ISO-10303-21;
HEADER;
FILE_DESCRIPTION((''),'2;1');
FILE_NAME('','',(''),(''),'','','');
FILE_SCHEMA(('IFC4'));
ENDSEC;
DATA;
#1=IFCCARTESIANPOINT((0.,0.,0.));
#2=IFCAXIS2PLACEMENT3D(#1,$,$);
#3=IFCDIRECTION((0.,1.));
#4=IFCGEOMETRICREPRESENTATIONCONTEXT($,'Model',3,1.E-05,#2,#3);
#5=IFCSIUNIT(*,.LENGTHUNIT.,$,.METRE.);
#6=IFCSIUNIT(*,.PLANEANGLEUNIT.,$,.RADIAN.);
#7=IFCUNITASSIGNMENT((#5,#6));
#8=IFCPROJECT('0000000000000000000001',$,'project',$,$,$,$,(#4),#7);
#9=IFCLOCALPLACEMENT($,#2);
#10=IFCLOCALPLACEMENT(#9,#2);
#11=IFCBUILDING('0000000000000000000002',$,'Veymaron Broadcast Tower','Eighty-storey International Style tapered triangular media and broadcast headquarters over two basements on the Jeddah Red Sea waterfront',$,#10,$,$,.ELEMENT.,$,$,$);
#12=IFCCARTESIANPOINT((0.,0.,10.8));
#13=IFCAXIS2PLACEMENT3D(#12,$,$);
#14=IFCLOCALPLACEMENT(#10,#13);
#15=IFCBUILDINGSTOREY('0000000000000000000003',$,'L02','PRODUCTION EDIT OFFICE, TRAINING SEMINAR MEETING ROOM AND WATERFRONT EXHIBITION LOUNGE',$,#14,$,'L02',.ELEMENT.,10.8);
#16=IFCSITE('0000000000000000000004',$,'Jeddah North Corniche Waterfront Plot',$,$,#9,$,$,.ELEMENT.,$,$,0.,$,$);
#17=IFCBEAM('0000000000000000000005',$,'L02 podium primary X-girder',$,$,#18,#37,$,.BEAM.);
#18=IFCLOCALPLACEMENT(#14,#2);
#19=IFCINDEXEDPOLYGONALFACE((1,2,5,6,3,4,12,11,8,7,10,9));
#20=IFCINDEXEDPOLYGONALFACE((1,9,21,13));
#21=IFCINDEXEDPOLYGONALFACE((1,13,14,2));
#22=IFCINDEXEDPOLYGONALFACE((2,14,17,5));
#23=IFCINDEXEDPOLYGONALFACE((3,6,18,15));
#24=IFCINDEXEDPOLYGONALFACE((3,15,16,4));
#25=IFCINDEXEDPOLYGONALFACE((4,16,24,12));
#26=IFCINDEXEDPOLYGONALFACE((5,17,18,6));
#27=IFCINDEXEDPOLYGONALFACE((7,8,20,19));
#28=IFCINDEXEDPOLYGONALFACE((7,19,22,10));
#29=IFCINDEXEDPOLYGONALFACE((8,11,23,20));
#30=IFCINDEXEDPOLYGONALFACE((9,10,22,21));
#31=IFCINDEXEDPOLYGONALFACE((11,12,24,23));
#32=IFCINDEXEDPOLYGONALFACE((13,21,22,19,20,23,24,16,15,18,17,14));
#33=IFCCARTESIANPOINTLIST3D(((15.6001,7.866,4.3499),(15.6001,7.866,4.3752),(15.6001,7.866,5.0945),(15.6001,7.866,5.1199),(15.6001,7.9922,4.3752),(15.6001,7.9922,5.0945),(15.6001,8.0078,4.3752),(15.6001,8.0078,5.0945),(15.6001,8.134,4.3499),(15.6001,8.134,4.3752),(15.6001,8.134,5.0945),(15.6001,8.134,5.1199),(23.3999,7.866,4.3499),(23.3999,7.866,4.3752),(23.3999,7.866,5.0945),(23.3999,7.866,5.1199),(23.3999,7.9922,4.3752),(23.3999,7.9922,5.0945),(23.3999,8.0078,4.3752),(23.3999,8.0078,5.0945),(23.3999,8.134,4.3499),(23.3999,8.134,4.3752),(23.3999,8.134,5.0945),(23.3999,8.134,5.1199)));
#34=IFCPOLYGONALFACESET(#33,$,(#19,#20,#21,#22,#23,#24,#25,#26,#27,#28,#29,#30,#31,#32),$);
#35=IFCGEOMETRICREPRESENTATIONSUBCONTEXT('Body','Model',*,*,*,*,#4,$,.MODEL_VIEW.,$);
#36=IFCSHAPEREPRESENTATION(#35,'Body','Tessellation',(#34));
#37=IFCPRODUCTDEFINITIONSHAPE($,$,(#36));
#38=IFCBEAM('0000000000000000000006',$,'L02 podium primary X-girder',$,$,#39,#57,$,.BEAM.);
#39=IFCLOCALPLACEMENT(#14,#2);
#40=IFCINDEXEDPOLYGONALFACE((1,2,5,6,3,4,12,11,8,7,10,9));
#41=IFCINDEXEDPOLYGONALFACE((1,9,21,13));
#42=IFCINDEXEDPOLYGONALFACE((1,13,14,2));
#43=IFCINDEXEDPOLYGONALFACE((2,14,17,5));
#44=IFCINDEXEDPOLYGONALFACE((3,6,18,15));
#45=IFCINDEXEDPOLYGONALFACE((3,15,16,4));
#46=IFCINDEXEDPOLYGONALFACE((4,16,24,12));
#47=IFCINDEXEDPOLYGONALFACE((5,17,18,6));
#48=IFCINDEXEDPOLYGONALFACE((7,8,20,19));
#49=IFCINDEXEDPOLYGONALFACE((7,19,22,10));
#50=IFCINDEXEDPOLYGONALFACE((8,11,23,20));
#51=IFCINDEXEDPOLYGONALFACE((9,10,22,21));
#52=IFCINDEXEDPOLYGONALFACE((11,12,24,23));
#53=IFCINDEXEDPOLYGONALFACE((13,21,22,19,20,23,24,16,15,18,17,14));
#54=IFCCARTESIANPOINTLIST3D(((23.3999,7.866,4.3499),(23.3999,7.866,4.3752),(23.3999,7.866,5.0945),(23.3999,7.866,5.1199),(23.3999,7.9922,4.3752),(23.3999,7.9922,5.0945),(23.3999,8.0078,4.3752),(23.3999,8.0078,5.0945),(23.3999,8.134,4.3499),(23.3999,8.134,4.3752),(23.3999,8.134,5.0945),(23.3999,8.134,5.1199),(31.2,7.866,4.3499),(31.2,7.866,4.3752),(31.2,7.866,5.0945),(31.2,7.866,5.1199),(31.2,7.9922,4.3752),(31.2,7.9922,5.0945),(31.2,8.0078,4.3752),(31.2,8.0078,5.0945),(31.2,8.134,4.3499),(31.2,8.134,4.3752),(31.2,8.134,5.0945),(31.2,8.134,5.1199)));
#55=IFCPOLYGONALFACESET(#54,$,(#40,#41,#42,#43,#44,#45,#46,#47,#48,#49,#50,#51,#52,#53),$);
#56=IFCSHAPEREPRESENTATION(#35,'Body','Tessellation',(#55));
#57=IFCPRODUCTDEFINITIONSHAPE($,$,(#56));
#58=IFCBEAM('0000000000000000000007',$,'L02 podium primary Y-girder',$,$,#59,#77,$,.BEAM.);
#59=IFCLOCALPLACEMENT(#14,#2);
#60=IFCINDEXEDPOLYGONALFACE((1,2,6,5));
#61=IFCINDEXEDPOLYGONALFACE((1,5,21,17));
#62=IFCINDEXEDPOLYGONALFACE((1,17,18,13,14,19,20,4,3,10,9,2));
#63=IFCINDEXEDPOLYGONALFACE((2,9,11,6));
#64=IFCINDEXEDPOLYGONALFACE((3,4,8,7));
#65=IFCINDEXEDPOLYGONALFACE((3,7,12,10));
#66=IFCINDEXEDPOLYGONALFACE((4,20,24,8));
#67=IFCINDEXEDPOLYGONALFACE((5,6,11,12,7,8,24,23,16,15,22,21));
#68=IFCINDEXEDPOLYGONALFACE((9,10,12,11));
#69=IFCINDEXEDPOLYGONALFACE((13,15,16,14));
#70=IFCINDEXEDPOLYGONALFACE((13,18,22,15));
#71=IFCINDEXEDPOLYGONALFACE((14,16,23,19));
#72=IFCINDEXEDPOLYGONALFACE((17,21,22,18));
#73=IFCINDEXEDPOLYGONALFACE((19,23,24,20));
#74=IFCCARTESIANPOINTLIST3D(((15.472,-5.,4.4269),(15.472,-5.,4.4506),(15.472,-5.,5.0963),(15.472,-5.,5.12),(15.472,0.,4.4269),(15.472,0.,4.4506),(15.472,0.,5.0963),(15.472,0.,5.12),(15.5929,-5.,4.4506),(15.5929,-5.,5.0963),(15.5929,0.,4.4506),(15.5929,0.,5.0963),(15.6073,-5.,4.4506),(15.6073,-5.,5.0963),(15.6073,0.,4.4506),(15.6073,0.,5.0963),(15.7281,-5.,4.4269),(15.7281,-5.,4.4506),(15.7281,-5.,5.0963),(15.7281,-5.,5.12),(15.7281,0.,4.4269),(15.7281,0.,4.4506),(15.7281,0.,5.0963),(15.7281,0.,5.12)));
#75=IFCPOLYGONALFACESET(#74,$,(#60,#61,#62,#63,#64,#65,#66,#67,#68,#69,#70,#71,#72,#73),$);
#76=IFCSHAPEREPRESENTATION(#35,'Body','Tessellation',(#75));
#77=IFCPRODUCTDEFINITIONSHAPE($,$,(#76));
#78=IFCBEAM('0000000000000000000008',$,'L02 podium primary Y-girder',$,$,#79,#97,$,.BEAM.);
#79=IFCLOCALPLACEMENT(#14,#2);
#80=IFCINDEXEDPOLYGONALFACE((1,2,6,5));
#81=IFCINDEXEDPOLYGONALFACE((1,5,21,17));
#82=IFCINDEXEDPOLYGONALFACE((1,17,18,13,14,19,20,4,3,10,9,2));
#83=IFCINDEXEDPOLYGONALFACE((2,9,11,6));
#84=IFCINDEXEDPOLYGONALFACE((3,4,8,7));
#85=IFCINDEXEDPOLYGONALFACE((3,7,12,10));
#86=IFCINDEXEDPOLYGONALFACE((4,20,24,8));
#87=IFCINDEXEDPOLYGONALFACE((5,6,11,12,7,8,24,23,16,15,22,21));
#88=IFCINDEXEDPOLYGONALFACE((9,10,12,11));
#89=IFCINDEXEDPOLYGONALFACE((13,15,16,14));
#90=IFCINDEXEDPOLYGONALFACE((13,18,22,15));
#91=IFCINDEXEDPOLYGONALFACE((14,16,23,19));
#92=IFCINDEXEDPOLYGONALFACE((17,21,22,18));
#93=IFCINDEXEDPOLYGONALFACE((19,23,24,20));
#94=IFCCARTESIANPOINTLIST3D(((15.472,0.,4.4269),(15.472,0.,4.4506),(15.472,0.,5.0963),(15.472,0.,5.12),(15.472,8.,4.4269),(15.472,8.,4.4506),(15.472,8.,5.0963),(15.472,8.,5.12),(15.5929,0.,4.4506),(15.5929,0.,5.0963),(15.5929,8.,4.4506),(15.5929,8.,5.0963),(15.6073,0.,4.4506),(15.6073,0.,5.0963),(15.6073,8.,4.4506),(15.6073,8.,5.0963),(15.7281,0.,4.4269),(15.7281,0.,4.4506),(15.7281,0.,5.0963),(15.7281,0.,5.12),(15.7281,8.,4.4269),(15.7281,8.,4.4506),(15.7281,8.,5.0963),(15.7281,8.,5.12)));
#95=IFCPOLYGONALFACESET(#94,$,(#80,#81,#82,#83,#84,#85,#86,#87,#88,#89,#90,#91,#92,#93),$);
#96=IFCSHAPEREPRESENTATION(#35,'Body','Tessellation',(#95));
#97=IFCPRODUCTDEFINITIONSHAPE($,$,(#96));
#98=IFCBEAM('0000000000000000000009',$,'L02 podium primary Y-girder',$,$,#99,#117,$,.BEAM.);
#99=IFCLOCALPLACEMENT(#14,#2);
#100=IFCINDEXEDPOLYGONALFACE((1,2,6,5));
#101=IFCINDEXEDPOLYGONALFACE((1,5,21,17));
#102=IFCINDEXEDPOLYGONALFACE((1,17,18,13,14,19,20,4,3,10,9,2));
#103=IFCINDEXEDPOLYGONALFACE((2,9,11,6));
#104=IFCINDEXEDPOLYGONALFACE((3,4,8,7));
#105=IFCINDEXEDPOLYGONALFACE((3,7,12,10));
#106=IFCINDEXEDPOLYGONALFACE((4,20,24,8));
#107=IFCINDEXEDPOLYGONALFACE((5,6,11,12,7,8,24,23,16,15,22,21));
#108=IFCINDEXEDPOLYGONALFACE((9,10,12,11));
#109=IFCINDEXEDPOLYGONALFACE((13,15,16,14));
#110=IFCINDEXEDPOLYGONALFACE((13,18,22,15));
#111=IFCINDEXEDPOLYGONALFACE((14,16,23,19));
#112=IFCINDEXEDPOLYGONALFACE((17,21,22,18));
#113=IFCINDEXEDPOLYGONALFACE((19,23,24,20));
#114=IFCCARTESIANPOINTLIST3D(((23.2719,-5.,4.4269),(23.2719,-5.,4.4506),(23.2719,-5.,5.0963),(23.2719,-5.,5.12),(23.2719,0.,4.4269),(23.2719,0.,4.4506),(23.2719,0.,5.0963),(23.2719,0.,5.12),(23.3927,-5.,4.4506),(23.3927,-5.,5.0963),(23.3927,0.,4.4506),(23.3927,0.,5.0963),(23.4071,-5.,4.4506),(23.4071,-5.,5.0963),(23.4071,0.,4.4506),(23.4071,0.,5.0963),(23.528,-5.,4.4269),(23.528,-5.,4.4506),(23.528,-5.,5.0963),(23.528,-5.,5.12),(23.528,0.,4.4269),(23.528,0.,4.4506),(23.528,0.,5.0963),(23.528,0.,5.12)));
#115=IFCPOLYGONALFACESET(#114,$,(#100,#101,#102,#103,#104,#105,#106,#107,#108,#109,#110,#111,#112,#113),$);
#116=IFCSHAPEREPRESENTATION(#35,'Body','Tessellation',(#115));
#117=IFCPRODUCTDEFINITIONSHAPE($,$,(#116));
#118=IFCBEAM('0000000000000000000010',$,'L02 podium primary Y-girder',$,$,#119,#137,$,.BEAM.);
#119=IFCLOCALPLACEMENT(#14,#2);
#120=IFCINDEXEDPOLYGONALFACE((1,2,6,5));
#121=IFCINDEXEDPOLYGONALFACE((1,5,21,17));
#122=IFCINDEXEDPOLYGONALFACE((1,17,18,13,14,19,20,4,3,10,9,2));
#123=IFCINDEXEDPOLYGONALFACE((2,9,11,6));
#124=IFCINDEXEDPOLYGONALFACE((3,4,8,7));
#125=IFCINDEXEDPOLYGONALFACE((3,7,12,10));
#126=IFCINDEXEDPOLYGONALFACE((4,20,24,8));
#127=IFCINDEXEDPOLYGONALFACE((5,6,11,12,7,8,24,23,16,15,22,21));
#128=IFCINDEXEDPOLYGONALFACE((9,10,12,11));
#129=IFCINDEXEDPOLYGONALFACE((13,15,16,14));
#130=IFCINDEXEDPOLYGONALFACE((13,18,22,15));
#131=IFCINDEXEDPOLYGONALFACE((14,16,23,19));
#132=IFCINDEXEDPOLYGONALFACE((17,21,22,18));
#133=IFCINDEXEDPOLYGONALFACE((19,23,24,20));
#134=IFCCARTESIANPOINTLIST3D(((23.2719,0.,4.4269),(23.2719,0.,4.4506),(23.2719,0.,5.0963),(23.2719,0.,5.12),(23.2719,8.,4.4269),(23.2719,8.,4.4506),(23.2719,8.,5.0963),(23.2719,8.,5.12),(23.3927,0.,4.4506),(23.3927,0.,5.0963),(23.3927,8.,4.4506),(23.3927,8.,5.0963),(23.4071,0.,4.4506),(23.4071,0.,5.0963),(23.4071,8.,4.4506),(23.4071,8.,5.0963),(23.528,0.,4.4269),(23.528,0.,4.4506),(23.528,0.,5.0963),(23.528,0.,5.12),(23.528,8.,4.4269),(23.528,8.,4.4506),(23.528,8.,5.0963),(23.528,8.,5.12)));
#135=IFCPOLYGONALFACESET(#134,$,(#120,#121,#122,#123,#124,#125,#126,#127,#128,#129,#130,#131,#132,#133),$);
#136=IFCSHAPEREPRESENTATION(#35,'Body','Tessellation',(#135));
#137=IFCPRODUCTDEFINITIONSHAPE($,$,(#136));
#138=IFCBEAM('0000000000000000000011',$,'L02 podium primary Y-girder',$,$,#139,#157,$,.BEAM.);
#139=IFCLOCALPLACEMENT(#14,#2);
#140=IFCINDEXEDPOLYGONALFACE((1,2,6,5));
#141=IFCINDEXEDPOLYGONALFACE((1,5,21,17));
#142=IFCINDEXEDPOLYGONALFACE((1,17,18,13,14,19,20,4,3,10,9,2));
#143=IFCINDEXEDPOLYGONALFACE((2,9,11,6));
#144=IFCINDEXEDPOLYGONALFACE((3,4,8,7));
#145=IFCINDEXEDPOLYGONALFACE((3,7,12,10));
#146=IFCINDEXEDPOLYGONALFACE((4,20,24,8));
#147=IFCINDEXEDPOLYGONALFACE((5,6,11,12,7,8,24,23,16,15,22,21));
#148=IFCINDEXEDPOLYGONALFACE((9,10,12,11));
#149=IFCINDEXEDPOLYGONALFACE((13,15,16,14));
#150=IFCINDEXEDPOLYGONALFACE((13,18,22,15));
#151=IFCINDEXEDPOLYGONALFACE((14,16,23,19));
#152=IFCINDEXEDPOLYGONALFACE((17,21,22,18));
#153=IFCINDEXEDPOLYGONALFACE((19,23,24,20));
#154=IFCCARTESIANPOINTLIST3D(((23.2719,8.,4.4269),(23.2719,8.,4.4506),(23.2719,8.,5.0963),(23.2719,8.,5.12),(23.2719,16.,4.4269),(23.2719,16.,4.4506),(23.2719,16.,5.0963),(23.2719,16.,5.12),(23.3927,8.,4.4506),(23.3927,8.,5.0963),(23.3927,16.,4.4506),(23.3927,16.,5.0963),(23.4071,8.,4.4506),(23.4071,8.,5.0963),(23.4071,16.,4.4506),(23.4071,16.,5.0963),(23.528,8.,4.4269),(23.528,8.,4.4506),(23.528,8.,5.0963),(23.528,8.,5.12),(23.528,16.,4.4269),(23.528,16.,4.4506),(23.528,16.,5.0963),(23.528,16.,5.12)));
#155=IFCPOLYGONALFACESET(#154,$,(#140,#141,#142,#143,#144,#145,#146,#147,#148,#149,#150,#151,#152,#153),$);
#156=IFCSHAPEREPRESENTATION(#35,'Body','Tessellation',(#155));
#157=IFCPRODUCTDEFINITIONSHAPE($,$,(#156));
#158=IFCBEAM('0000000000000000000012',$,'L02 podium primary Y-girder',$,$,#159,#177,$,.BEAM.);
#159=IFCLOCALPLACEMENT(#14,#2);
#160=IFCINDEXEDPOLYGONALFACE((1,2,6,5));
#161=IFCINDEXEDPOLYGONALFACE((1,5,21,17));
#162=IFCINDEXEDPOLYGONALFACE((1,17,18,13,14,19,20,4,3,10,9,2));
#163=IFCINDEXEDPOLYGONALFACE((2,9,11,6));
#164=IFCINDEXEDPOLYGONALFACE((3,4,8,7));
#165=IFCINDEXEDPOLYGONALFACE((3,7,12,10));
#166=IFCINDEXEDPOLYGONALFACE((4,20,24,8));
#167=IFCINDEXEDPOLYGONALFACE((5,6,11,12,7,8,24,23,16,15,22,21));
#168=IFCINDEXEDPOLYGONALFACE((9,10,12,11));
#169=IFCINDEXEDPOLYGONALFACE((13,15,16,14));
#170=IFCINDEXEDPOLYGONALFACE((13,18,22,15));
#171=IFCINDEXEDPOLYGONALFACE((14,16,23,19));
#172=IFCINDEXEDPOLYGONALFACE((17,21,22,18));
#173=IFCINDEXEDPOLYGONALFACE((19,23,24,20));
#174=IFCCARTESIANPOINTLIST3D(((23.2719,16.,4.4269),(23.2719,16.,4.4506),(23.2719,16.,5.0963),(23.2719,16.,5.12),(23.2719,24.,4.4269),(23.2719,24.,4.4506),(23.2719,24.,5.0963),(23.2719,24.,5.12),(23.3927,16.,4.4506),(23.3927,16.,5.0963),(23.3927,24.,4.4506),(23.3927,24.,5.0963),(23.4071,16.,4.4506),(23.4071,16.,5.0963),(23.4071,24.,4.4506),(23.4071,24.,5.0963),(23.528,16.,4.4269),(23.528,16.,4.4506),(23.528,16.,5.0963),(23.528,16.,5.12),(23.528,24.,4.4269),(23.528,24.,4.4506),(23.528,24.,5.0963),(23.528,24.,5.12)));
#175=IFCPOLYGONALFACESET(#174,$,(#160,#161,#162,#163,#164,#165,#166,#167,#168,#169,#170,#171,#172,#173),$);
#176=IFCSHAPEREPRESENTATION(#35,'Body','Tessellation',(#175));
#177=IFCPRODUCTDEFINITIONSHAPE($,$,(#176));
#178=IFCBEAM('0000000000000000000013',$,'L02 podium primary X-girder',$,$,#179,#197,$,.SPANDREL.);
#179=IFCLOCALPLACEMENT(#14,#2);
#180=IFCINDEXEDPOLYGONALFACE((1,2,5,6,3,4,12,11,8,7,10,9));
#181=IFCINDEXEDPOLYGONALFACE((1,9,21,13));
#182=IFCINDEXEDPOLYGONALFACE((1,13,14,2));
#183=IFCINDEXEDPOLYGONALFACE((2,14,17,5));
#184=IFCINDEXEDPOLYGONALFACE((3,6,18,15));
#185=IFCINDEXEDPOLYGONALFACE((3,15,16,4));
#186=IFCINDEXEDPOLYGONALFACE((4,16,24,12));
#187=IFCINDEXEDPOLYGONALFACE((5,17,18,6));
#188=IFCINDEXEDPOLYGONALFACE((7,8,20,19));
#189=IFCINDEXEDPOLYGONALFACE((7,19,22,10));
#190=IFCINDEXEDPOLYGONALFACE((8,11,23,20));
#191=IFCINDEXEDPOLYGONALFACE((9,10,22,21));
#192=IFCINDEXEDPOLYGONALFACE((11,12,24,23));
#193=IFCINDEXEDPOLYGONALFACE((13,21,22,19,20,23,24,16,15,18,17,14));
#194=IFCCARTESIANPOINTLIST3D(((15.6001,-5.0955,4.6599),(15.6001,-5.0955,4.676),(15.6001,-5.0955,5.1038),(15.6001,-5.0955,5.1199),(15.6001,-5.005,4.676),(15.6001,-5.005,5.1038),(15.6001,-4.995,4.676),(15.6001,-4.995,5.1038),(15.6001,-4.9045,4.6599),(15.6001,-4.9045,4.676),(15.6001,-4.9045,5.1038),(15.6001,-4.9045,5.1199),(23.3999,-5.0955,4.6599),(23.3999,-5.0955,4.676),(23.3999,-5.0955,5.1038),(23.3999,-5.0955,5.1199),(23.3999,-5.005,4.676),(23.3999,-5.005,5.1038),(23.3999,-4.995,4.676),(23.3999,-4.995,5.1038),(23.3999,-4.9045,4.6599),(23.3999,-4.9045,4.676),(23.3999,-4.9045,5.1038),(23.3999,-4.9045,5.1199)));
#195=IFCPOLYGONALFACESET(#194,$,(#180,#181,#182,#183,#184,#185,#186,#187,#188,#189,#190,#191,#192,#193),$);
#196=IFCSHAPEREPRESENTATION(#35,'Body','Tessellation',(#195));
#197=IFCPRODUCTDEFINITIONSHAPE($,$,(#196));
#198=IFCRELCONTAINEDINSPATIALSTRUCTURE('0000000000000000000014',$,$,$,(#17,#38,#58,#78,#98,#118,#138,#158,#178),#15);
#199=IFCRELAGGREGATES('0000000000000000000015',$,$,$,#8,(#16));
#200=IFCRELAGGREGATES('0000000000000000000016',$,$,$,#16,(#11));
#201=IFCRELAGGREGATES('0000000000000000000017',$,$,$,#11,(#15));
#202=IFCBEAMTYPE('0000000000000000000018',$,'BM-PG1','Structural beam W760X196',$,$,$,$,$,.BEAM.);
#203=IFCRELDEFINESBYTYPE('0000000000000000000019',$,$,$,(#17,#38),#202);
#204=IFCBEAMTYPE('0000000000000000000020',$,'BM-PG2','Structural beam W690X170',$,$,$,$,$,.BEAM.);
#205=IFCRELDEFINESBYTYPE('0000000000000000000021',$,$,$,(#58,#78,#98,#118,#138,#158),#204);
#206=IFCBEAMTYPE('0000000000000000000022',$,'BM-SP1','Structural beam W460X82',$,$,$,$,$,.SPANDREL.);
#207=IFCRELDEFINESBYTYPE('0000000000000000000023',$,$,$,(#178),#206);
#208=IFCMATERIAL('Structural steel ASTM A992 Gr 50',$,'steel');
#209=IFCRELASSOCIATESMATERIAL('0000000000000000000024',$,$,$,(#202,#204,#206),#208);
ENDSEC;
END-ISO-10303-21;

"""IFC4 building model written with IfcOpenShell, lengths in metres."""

from ifc_helpers import new_model, si_unit, direction, frame, origin, origin_2d, place, context, subcontext, project, spatial, i_section, extrude, material, material_profile, profile_set, type_object, element, save


model = new_model("IFC4")

# Units and contexts
model_context = context("Model", 3, precision=1e-05, world=origin(), true_north=direction((0.0, 1.0)))
body_context = subcontext(model_context, "Body", "Model", "MODEL_VIEW")
ifc_project = project(units=[si_unit("LENGTHUNIT", "METRE"), si_unit("PLANEANGLEUNIT", "RADIAN")], contexts=[model_context])

# Site, building, storey
site_placement = place(None, origin())
site = spatial("IfcSite", under=ifc_project, at=site_placement, Name="Jeddah North Corniche Waterfront Plot", CompositionType="ELEMENT", RefElevation=0.0)
building_placement = place(site_placement, origin())
building = spatial("IfcBuilding", under=site, at=building_placement, Name="Veymaron Broadcast Tower", Description="Eighty-storey International Style tapered triangular media and broadcast headquarters over two basements on the Jeddah Red Sea waterfront", CompositionType="ELEMENT")
storey_placement = place(building_placement, frame((0.0, 0.0, 10.8)))
storey = spatial("IfcBuildingStorey", under=building, at=storey_placement, Name="L02", Description="PRODUCTION EDIT OFFICE, TRAINING SEMINAR MEETING ROOM AND WATERFRONT EXHIBITION LOUNGE", LongName="L02", CompositionType="ELEMENT", Elevation=10.8)

# Shared definitions
ifc_material_1 = material(Name="Structural steel ASTM A992 Gr 50", Category="steel")

# Beams
ifc_material_profile_1 = material_profile(ifc_material_1, i_section(OverallWidth=0.2681, OverallDepth=0.77, WebThickness=0.0156, FlangeThickness=0.0254, at=origin_2d()), Name="W760X196")
ifc_profile_set_1 = profile_set([ifc_material_profile_1], Name="Structural steel ASTM A992 Gr 50")
beam_type_1 = type_object("IfcBeamType", Name="BM-PG1", Description="Structural beam W760X196", PredefinedType="BEAM", material=ifc_profile_set_1)
beam_1_placement = place(storey_placement, frame((15.6001, 8.0, 4.7349), z_axis=(1.0, 0.0, 0.0), x_axis=(0.0, 1.0, 0.0)))
element("IfcBeam", 1, at=beam_1_placement, inside=storey, type_object=beam_type_1, Name="L02 podium primary X-girder", PredefinedType="BEAM", context=body_context, shape_type="SweptSolid", body=[
    extrude(i_section(OverallWidth=0.2681, OverallDepth=0.77, WebThickness=0.0156, FlangeThickness=0.0254, at=origin_2d()), origin(), (0.0, 0.0, 1.0), 7.7998),
])
beam_2_placement = place(storey_placement, frame((23.3999, 8.0, 4.7349), z_axis=(1.0, 0.0, 0.0), x_axis=(0.0, 1.0, 0.0)))
element("IfcBeam", 2, at=beam_2_placement, inside=storey, type_object=beam_type_1, Name="L02 podium primary X-girder", PredefinedType="BEAM", context=body_context, shape_type="SweptSolid", body=[
    extrude(i_section(OverallWidth=0.2681, OverallDepth=0.77, WebThickness=0.0156, FlangeThickness=0.0254, at=origin_2d()), origin(), (0.0, 0.0, 1.0), 7.8),
])
ifc_material_profile_2 = material_profile(ifc_material_1, i_section(OverallWidth=0.2561, OverallDepth=0.6931, WebThickness=0.0144, FlangeThickness=0.0237, at=origin_2d()), Name="W690X170")
ifc_profile_set_2 = profile_set([ifc_material_profile_2], Name="Structural steel ASTM A992 Gr 50")
beam_type_2 = type_object("IfcBeamType", Name="BM-PG2", Description="Structural beam W690X170", PredefinedType="BEAM", material=ifc_profile_set_2)
beam_3_placement = place(storey_placement, frame((15.6001, -5.0, 4.7734), z_axis=(0.0, 1.0, 0.0), x_axis=(-1.0, 0.0, 0.0)))
element("IfcBeam", 3, at=beam_3_placement, inside=storey, type_object=beam_type_2, Name="L02 podium primary Y-girder", PredefinedType="BEAM", context=body_context, shape_type="SweptSolid", body=[
    extrude(i_section(OverallWidth=0.2561, OverallDepth=0.6931, WebThickness=0.0144, FlangeThickness=0.0237, at=origin_2d()), origin(), (0.0, 0.0, 1.0), 5.0),
])
beam_4_placement = place(storey_placement, frame((15.6001, 0.0, 4.7734), z_axis=(0.0, 1.0, 0.0), x_axis=(-1.0, 0.0, 0.0)))
element("IfcBeam", 4, at=beam_4_placement, inside=storey, type_object=beam_type_2, Name="L02 podium primary Y-girder", PredefinedType="BEAM", context=body_context, shape_type="SweptSolid", body=[
    extrude(i_section(OverallWidth=0.2561, OverallDepth=0.6931, WebThickness=0.0144, FlangeThickness=0.0237, at=origin_2d()), origin(), (0.0, 0.0, 1.0), 8.0),
])
beam_5_placement = place(storey_placement, frame((23.3999, -5.0, 4.7734), z_axis=(0.0, 1.0, 0.0), x_axis=(-1.0, 0.0, 0.0)))
element("IfcBeam", 5, at=beam_5_placement, inside=storey, type_object=beam_type_2, Name="L02 podium primary Y-girder", PredefinedType="BEAM", context=body_context, shape_type="SweptSolid", body=[
    extrude(i_section(OverallWidth=0.2561, OverallDepth=0.6931, WebThickness=0.0144, FlangeThickness=0.0237, at=origin_2d()), origin(), (0.0, 0.0, 1.0), 5.0),
])
for number, where, z_axis, x_axis, name in (
    (6, (23.3999, 0.0, 4.7734), (0.0, 1.0, 0.0), (-1.0, 0.0, 0.0), "L02 podium primary Y-girder"),
    (7, (23.3999, 8.0, 4.7734), (0.0, 1.0, 0.0), (-1.0, 0.0, 0.0), "L02 podium primary Y-girder"),
    (8, (23.3999, 16.0, 4.7734), (0.0, 1.0, 0.0), (-1.0, 0.0, 0.0), "L02 podium primary Y-girder"),
):
    element("IfcBeam", number, at=place(storey_placement, frame(where, z_axis=z_axis, x_axis=x_axis)), inside=storey, type_object=beam_type_2, Name=name, PredefinedType="BEAM", context=body_context, shape_type="SweptSolid", body=[
        extrude(i_section(OverallWidth=0.2561, OverallDepth=0.6931, WebThickness=0.0144, FlangeThickness=0.0237, at=origin_2d()), origin(), (0.0, 0.0, 1.0), 8.0),
    ])
ifc_material_profile_3 = material_profile(ifc_material_1, i_section(OverallWidth=0.1909, OverallDepth=0.46, WebThickness=0.01, FlangeThickness=0.0161, at=origin_2d()), Name="W460X82")
ifc_profile_set_3 = profile_set([ifc_material_profile_3], Name="Structural steel ASTM A992 Gr 50")
beam_type_3 = type_object("IfcBeamType", Name="BM-SP1", Description="Structural beam W460X82", PredefinedType="SPANDREL", material=ifc_profile_set_3)
beam_6_placement = place(storey_placement, frame((15.6001, -5.0, 4.8899), z_axis=(1.0, 0.0, 0.0), x_axis=(0.0, 1.0, 0.0)))
element("IfcBeam", 9, at=beam_6_placement, inside=storey, type_object=beam_type_3, Name="L02 podium primary X-girder", PredefinedType="SPANDREL", context=body_context, shape_type="SweptSolid", body=[
    extrude(i_section(OverallWidth=0.1909, OverallDepth=0.46, WebThickness=0.01, FlangeThickness=0.0161, at=origin_2d()), origin(), (0.0, 0.0, 1.0), 7.7998),
])

save(model, "model.ifc")
